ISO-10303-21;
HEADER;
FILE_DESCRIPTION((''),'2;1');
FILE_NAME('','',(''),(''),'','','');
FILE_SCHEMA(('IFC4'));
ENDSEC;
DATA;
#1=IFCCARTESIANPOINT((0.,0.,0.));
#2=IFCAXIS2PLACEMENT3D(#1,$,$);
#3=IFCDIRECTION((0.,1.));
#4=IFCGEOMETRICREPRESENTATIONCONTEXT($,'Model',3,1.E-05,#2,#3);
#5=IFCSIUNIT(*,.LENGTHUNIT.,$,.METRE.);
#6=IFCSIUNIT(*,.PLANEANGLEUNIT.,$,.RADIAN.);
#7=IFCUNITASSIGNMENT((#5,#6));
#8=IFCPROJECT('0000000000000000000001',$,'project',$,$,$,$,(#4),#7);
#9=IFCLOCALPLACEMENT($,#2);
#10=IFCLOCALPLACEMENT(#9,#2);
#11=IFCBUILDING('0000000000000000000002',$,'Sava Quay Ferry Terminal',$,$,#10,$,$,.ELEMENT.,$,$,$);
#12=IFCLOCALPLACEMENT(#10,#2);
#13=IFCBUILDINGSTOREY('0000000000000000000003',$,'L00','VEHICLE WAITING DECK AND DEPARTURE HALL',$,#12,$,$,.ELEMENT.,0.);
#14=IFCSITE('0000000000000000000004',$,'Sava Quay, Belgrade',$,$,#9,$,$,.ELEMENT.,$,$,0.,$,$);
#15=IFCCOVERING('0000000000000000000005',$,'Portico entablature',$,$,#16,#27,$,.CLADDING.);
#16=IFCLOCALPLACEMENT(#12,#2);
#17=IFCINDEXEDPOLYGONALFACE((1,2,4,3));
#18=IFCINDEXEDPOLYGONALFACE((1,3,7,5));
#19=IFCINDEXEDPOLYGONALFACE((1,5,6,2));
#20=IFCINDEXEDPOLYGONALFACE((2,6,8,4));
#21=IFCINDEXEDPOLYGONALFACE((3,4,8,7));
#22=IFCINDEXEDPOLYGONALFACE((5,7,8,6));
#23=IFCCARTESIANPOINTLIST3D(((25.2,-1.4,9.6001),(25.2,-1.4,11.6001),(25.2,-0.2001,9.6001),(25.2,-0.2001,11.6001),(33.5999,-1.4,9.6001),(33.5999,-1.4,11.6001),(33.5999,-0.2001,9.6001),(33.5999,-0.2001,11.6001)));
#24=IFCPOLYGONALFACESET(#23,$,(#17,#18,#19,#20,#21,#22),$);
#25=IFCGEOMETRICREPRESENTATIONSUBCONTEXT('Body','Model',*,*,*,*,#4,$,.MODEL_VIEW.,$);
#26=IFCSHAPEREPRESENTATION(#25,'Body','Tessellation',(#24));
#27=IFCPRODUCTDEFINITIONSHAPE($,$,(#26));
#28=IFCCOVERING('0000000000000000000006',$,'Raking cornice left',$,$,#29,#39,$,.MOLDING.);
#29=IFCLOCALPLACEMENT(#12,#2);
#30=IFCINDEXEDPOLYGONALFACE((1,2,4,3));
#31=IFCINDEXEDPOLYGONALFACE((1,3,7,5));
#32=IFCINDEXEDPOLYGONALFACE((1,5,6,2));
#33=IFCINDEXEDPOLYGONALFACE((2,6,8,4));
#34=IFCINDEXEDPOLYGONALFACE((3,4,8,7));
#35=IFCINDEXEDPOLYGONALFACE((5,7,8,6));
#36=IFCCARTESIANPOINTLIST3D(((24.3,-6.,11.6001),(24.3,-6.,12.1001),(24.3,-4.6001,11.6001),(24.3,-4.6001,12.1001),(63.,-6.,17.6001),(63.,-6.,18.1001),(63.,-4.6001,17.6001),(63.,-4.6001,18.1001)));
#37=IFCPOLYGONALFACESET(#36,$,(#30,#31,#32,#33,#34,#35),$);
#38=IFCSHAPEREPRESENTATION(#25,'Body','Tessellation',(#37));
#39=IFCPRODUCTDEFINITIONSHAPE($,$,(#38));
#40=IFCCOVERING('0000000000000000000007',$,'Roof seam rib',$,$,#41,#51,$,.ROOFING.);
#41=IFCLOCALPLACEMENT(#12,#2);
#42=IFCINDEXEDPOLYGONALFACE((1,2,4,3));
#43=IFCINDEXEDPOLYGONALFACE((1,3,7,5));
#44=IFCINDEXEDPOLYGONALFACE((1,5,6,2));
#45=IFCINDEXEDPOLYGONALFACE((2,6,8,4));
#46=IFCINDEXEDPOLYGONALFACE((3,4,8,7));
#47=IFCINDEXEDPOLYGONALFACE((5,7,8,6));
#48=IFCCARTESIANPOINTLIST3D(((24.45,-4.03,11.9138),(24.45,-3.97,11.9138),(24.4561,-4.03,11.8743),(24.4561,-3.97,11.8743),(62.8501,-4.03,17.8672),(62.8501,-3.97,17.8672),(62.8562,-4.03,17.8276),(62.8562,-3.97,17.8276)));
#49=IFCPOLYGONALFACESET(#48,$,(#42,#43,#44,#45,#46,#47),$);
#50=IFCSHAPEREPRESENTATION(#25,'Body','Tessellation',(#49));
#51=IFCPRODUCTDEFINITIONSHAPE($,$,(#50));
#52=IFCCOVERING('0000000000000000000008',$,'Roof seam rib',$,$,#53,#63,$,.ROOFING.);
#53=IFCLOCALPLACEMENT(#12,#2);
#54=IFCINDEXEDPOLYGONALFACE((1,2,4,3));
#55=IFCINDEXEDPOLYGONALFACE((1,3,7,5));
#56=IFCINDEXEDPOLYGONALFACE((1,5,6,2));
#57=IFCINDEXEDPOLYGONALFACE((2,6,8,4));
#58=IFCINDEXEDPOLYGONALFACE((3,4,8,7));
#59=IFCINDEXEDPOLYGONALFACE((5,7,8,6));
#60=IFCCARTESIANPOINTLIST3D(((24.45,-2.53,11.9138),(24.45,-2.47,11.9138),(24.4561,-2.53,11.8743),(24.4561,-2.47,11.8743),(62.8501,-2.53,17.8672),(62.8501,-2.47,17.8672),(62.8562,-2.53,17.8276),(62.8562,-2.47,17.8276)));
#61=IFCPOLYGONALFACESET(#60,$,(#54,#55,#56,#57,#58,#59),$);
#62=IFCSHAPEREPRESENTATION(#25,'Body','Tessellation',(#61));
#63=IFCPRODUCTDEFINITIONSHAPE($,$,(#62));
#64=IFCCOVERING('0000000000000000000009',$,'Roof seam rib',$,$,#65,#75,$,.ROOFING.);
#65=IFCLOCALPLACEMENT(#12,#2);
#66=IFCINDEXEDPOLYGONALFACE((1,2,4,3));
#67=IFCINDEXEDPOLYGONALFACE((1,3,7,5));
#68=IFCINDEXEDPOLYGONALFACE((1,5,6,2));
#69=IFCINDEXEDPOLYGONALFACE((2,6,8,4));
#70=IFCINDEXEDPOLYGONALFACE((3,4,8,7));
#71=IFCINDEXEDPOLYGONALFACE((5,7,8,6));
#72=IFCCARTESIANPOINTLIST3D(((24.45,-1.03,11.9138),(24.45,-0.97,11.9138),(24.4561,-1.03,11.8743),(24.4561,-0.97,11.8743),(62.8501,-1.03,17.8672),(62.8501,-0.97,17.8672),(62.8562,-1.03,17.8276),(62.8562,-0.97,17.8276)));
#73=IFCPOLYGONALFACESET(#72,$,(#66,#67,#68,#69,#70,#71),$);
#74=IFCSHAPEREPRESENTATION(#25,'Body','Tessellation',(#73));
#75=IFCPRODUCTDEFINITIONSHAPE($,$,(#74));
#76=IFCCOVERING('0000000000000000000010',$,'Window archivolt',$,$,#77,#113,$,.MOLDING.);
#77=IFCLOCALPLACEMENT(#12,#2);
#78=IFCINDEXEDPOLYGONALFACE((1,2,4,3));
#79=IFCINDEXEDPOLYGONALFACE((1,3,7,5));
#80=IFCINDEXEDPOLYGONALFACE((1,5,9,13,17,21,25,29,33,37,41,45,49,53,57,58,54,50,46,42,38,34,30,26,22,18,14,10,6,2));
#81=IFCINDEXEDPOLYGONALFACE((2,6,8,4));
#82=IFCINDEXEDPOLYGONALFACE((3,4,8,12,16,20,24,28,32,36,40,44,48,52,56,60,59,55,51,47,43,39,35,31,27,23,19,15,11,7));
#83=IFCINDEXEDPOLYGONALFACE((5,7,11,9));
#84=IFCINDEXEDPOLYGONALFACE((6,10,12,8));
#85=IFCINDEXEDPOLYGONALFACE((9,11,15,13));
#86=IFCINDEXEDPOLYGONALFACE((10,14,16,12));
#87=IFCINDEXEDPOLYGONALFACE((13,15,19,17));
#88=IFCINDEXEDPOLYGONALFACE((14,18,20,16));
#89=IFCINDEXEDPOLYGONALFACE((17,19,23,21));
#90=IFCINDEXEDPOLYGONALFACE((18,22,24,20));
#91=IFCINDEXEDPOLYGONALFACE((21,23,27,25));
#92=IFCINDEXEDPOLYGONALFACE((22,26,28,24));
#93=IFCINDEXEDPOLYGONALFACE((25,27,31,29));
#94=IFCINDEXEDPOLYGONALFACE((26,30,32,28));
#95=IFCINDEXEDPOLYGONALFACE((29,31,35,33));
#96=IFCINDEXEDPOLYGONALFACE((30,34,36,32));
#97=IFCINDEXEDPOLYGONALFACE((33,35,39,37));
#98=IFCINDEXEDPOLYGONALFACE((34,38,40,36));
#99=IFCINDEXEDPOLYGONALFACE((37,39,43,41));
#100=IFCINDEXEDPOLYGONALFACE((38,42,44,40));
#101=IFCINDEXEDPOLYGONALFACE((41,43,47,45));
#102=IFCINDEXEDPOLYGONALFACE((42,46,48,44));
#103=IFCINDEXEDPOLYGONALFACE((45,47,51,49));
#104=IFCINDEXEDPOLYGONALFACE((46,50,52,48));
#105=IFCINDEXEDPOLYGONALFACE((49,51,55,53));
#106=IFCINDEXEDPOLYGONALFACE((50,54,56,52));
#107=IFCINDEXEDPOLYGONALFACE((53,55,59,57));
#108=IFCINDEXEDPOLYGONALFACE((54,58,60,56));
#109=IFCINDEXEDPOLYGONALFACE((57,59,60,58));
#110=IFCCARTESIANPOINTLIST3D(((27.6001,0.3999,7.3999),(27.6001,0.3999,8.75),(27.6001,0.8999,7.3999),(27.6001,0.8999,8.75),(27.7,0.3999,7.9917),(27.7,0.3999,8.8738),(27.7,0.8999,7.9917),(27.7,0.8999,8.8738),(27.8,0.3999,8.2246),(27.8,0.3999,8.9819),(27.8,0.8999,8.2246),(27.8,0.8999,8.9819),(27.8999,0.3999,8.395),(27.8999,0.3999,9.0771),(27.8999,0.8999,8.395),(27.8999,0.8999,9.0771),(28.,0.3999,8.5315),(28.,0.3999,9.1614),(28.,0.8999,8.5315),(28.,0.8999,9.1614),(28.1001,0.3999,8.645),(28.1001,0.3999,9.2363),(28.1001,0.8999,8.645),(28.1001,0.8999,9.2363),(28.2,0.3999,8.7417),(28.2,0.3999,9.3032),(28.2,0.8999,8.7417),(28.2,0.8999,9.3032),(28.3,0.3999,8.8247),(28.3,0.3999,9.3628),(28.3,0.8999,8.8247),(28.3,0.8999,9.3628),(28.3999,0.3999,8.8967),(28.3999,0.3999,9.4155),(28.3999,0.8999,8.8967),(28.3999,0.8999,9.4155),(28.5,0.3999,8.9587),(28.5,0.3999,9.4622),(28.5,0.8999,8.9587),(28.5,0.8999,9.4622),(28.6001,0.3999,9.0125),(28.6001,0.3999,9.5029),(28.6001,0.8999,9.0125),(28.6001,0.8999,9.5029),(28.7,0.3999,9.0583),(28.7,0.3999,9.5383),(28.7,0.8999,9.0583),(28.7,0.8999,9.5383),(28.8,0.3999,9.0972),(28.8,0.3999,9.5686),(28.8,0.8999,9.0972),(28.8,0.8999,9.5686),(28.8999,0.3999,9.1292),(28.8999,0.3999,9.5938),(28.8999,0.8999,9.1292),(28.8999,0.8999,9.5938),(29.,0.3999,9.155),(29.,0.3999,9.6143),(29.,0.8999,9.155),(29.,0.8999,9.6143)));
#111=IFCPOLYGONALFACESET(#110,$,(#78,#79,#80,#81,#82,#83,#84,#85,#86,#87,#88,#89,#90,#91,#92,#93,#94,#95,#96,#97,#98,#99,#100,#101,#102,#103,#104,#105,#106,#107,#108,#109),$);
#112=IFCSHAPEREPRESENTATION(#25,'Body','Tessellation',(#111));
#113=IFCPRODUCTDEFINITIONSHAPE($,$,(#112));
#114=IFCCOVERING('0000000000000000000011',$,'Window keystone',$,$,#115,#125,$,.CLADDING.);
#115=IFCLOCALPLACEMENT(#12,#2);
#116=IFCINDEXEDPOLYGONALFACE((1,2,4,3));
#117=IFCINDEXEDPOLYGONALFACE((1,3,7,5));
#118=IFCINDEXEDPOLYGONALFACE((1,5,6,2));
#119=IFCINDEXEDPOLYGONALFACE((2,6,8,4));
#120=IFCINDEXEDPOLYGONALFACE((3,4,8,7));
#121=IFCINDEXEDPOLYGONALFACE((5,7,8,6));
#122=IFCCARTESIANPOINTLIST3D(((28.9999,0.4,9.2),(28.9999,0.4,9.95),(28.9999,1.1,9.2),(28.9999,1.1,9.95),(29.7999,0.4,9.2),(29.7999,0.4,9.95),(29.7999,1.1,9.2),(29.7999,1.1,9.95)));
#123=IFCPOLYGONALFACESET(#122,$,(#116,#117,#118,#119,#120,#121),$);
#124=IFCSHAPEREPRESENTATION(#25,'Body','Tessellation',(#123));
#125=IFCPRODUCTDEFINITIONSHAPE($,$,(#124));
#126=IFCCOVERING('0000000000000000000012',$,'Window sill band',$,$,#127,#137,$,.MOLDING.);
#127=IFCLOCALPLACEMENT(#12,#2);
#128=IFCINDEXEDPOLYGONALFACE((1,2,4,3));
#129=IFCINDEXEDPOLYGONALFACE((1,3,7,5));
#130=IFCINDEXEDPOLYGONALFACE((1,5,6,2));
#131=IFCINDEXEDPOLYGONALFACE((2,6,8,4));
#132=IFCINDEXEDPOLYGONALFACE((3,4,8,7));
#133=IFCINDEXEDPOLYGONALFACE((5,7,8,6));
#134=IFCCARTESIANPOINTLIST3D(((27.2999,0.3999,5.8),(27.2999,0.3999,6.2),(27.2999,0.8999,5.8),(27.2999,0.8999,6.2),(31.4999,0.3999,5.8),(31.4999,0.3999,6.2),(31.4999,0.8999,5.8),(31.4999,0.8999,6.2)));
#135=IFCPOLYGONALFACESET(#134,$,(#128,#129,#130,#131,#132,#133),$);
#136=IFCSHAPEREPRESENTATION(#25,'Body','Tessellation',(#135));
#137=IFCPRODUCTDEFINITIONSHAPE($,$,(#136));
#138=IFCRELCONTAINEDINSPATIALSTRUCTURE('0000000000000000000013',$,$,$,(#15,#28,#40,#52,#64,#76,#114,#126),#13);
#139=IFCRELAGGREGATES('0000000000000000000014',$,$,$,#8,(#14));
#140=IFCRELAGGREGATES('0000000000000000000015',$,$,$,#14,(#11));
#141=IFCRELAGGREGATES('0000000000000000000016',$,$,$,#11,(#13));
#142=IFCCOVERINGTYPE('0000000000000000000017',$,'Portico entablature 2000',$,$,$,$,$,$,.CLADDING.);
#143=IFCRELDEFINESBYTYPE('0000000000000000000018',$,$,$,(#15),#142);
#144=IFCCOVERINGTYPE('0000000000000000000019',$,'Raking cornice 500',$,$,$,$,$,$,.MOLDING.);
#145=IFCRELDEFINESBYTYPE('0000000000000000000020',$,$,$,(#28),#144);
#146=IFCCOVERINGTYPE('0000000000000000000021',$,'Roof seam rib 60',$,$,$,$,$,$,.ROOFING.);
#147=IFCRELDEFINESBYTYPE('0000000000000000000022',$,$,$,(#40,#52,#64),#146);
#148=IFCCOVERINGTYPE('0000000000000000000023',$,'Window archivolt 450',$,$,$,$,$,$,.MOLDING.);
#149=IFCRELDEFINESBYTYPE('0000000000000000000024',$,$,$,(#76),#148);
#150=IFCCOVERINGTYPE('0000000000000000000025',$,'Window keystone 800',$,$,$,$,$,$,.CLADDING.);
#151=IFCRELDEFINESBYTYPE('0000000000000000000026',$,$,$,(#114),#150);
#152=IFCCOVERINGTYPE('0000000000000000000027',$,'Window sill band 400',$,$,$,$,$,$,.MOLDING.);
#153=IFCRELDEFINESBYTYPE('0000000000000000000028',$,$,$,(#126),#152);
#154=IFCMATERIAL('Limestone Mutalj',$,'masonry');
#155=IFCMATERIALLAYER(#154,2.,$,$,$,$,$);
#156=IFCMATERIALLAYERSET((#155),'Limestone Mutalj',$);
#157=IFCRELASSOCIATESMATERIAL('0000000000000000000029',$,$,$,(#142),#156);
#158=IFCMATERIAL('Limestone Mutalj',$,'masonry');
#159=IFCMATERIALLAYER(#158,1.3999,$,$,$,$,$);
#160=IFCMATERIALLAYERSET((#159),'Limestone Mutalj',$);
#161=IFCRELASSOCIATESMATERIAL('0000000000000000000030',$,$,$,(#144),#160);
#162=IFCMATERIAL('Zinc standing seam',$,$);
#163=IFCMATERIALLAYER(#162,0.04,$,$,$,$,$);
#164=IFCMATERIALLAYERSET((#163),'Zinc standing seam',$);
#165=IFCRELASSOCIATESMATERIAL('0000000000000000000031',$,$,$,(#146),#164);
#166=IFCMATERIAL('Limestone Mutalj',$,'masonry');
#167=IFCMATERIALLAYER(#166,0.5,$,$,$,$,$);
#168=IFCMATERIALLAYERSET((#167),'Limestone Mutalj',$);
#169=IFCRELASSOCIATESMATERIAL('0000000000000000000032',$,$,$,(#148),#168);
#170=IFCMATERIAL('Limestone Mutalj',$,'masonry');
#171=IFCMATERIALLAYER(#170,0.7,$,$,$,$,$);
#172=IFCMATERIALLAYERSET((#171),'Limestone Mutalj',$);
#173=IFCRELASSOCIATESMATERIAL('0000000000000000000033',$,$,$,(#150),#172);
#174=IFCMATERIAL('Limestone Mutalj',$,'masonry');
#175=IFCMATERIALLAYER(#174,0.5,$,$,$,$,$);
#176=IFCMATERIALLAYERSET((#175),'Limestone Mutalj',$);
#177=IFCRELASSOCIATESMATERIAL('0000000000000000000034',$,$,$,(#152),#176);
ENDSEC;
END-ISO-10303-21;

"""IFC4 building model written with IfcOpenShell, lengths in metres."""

from ifc_helpers import new_model, si_unit, direction, frame, origin, origin_2d, place, context, subcontext, project, spatial, polyline, rectangle, outline, extrude, material, layer, layer_set, type_object, element, save


model = new_model("IFC4")

# Units and contexts
model_context = context("Model", 3, precision=1e-05, world=origin(), true_north=direction((0.0, 1.0)))
body_context = subcontext(model_context, "Body", "Model", "MODEL_VIEW")
ifc_project = project(units=[si_unit("LENGTHUNIT", "METRE"), si_unit("PLANEANGLEUNIT", "RADIAN")], contexts=[model_context])

# Site, building, storey
site_placement = place(None, origin())
site = spatial("IfcSite", under=ifc_project, at=site_placement, Name="Sava Quay, Belgrade", CompositionType="ELEMENT", RefElevation=0.0)
building_placement = place(site_placement, origin())
building = spatial("IfcBuilding", under=site, at=building_placement, Name="Sava Quay Ferry Terminal", CompositionType="ELEMENT")
storey_placement = place(building_placement, origin())
storey = spatial("IfcBuildingStorey", under=building, at=storey_placement, Name="L00", Description="VEHICLE WAITING DECK AND DEPARTURE HALL", CompositionType="ELEMENT", Elevation=0.0)

# Coverings
ifc_material_1 = material(Name="Limestone Mutalj", Category="masonry")
ifc_layer_1 = layer(ifc_material_1, 2.0)
ifc_layer_set_1 = layer_set([ifc_layer_1], Name="Limestone Mutalj")
covering_type_1 = type_object("IfcCoveringType", Name="Portico entablature 2000", PredefinedType="CLADDING", material=ifc_layer_set_1)
covering_1_placement = place(storey_placement, frame((29.3999, -0.8, 9.6001), z_axis=(0.0, 0.0, 1.0), x_axis=(1.0, 0.0, 0.0)))
element("IfcCovering", 1, at=covering_1_placement, inside=storey, type_object=covering_type_1, Name="Portico entablature", PredefinedType="CLADDING", context=body_context, shape_type="SweptSolid", body=[
    extrude(rectangle(XDim=8.3999, YDim=1.2, at=origin_2d()), origin(), (0.0, 0.0, 1.0), 2.0),
])
ifc_material_2 = material(Name="Limestone Mutalj", Category="masonry")
ifc_layer_2 = layer(ifc_material_2, 1.3999)
ifc_layer_set_2 = layer_set([ifc_layer_2], Name="Limestone Mutalj")
covering_type_2 = type_object("IfcCoveringType", Name="Raking cornice 500", PredefinedType="MOLDING", material=ifc_layer_set_2)
covering_2_placement = place(storey_placement, frame((24.3, -6.0, 11.6001), z_axis=(0.0, -1.0, 0.0), x_axis=(0.988194, 0.0, 0.153209)))
element("IfcCovering", 2, at=covering_2_placement, inside=storey, type_object=covering_type_2, Name="Raking cornice left", PredefinedType="MOLDING", context=body_context, shape_type="SweptSolid", body=[
    extrude(outline(polyline([(0.0, 0.0), (39.1623, 0.0), (39.2389, 0.4941), (0.0766, 0.4941), (0.0, 0.0)])), origin(), (0.0, 0.0, -1.0), 1.3999),
])
ifc_material_3 = material(Name="Zinc standing seam")
ifc_layer_3 = layer(ifc_material_3, 0.04)
ifc_layer_set_3 = layer_set([ifc_layer_3], Name="Zinc standing seam")
covering_type_3 = type_object("IfcCoveringType", Name="Roof seam rib 60", PredefinedType="ROOFING", material=ifc_layer_set_3)
for number, where, z_axis, x_axis, name in (
    (3, (24.45, -3.97, 11.9138), (-0.153205, 0.0, 0.988194), (0.988194, 0.0, 0.153205), "Roof seam rib"),
    (4, (24.45, -2.47, 11.9138), (-0.153205, 0.0, 0.988194), (0.988194, 0.0, 0.153205), "Roof seam rib"),
    (5, (24.45, -0.97, 11.9138), (-0.153205, 0.0, 0.988194), (0.988194, 0.0, 0.153205), "Roof seam rib"),
):
    element("IfcCovering", number, at=place(storey_placement, frame(where, z_axis=z_axis, x_axis=x_axis)), inside=storey, type_object=covering_type_3, Name=name, PredefinedType="ROOFING", context=body_context, shape_type="SweptSolid", body=[
        extrude(outline(polyline([(0.0, 0.0), (38.8589, 0.0), (38.8589, -0.0601), (0.0, -0.0601), (0.0, 0.0)])), origin(), (0.0, 0.0, -1.0), 0.04),
    ])
ifc_material_4 = material(Name="Limestone Mutalj", Category="masonry")
ifc_layer_4 = layer(ifc_material_4, 0.5)
ifc_layer_set_4 = layer_set([ifc_layer_4], Name="Limestone Mutalj")
covering_type_4 = type_object("IfcCoveringType", Name="Window archivolt 450", PredefinedType="MOLDING", material=ifc_layer_set_4)
covering_3_placement = place(storey_placement, frame((27.6001, 0.3999, 7.3999), z_axis=(0.0, -1.0, 0.0), x_axis=(0.166378, 0.0, 0.986062)))
element("IfcCovering", 6, at=covering_3_placement, inside=storey, type_object=covering_type_4, Name="Window archivolt", PredefinedType="MOLDING", context=body_context, shape_type="SweptSolid", body=[
    extrude(outline(polyline([(0.0, 0.0), (0.6002, 0.0), (0.8465, -0.06), (1.0311, -0.1301), (1.1824, -0.2061), (1.311, -0.2859), (1.4229, -0.3682), (1.5214, -0.4531), (1.609, -0.5396), (1.6868, -0.628), (1.7565, -0.7178), (1.8183, -0.8086), (1.8733, -0.9008), (1.9214, -0.994), (1.9636, -1.0884), (2.4164, -1.012), (2.3795, -0.9167), (2.3381, -0.8224), (2.2916, -0.7287), (2.2401, -0.6362), (2.1832, -0.5442), (2.1206, -0.4533), (2.052, -0.3636), (1.9766, -0.2748), (1.894, -0.1875), (1.8035, -0.1013), (1.7037, -0.0166), (1.5932, 0.0661), (1.4699, 0.1468), (1.3313, 0.2246), (0.0, 0.0)])), origin(), (0.0, 0.0, -1.0), 0.5),
])
ifc_material_5 = material(Name="Limestone Mutalj", Category="masonry")
ifc_layer_5 = layer(ifc_material_5, 0.7)
ifc_layer_set_5 = layer_set([ifc_layer_5], Name="Limestone Mutalj")
covering_type_5 = type_object("IfcCoveringType", Name="Window keystone 800", PredefinedType="CLADDING", material=ifc_layer_set_5)
covering_4_placement = place(storey_placement, frame((29.3999, 0.75, 9.2), z_axis=(0.0, 0.0, 1.0), x_axis=(1.0, 0.0, 0.0)))
element("IfcCovering", 7, at=covering_4_placement, inside=storey, type_object=covering_type_5, Name="Window keystone", PredefinedType="CLADDING", context=body_context, shape_type="SweptSolid", body=[
    extrude(rectangle(XDim=0.8, YDim=0.7, at=origin_2d()), origin(), (0.0, 0.0, 1.0), 0.75),
])
ifc_material_6 = material(Name="Limestone Mutalj", Category="masonry")
ifc_layer_6 = layer(ifc_material_6, 0.5)
ifc_layer_set_6 = layer_set([ifc_layer_6], Name="Limestone Mutalj")
covering_type_6 = type_object("IfcCoveringType", Name="Window sill band 400", PredefinedType="MOLDING", material=ifc_layer_set_6)
covering_5_placement = place(storey_placement, frame((29.3999, 0.6499, 5.8), z_axis=(0.0, 0.0, 1.0), x_axis=(1.0, 0.0, 0.0)))
element("IfcCovering", 8, at=covering_5_placement, inside=storey, type_object=covering_type_6, Name="Window sill band", PredefinedType="MOLDING", context=body_context, shape_type="SweptSolid", body=[
    extrude(rectangle(XDim=4.2, YDim=0.5, at=origin_2d()), origin(), (0.0, 0.0, 1.0), 0.3999),
])

save(model, "model.ifc")
